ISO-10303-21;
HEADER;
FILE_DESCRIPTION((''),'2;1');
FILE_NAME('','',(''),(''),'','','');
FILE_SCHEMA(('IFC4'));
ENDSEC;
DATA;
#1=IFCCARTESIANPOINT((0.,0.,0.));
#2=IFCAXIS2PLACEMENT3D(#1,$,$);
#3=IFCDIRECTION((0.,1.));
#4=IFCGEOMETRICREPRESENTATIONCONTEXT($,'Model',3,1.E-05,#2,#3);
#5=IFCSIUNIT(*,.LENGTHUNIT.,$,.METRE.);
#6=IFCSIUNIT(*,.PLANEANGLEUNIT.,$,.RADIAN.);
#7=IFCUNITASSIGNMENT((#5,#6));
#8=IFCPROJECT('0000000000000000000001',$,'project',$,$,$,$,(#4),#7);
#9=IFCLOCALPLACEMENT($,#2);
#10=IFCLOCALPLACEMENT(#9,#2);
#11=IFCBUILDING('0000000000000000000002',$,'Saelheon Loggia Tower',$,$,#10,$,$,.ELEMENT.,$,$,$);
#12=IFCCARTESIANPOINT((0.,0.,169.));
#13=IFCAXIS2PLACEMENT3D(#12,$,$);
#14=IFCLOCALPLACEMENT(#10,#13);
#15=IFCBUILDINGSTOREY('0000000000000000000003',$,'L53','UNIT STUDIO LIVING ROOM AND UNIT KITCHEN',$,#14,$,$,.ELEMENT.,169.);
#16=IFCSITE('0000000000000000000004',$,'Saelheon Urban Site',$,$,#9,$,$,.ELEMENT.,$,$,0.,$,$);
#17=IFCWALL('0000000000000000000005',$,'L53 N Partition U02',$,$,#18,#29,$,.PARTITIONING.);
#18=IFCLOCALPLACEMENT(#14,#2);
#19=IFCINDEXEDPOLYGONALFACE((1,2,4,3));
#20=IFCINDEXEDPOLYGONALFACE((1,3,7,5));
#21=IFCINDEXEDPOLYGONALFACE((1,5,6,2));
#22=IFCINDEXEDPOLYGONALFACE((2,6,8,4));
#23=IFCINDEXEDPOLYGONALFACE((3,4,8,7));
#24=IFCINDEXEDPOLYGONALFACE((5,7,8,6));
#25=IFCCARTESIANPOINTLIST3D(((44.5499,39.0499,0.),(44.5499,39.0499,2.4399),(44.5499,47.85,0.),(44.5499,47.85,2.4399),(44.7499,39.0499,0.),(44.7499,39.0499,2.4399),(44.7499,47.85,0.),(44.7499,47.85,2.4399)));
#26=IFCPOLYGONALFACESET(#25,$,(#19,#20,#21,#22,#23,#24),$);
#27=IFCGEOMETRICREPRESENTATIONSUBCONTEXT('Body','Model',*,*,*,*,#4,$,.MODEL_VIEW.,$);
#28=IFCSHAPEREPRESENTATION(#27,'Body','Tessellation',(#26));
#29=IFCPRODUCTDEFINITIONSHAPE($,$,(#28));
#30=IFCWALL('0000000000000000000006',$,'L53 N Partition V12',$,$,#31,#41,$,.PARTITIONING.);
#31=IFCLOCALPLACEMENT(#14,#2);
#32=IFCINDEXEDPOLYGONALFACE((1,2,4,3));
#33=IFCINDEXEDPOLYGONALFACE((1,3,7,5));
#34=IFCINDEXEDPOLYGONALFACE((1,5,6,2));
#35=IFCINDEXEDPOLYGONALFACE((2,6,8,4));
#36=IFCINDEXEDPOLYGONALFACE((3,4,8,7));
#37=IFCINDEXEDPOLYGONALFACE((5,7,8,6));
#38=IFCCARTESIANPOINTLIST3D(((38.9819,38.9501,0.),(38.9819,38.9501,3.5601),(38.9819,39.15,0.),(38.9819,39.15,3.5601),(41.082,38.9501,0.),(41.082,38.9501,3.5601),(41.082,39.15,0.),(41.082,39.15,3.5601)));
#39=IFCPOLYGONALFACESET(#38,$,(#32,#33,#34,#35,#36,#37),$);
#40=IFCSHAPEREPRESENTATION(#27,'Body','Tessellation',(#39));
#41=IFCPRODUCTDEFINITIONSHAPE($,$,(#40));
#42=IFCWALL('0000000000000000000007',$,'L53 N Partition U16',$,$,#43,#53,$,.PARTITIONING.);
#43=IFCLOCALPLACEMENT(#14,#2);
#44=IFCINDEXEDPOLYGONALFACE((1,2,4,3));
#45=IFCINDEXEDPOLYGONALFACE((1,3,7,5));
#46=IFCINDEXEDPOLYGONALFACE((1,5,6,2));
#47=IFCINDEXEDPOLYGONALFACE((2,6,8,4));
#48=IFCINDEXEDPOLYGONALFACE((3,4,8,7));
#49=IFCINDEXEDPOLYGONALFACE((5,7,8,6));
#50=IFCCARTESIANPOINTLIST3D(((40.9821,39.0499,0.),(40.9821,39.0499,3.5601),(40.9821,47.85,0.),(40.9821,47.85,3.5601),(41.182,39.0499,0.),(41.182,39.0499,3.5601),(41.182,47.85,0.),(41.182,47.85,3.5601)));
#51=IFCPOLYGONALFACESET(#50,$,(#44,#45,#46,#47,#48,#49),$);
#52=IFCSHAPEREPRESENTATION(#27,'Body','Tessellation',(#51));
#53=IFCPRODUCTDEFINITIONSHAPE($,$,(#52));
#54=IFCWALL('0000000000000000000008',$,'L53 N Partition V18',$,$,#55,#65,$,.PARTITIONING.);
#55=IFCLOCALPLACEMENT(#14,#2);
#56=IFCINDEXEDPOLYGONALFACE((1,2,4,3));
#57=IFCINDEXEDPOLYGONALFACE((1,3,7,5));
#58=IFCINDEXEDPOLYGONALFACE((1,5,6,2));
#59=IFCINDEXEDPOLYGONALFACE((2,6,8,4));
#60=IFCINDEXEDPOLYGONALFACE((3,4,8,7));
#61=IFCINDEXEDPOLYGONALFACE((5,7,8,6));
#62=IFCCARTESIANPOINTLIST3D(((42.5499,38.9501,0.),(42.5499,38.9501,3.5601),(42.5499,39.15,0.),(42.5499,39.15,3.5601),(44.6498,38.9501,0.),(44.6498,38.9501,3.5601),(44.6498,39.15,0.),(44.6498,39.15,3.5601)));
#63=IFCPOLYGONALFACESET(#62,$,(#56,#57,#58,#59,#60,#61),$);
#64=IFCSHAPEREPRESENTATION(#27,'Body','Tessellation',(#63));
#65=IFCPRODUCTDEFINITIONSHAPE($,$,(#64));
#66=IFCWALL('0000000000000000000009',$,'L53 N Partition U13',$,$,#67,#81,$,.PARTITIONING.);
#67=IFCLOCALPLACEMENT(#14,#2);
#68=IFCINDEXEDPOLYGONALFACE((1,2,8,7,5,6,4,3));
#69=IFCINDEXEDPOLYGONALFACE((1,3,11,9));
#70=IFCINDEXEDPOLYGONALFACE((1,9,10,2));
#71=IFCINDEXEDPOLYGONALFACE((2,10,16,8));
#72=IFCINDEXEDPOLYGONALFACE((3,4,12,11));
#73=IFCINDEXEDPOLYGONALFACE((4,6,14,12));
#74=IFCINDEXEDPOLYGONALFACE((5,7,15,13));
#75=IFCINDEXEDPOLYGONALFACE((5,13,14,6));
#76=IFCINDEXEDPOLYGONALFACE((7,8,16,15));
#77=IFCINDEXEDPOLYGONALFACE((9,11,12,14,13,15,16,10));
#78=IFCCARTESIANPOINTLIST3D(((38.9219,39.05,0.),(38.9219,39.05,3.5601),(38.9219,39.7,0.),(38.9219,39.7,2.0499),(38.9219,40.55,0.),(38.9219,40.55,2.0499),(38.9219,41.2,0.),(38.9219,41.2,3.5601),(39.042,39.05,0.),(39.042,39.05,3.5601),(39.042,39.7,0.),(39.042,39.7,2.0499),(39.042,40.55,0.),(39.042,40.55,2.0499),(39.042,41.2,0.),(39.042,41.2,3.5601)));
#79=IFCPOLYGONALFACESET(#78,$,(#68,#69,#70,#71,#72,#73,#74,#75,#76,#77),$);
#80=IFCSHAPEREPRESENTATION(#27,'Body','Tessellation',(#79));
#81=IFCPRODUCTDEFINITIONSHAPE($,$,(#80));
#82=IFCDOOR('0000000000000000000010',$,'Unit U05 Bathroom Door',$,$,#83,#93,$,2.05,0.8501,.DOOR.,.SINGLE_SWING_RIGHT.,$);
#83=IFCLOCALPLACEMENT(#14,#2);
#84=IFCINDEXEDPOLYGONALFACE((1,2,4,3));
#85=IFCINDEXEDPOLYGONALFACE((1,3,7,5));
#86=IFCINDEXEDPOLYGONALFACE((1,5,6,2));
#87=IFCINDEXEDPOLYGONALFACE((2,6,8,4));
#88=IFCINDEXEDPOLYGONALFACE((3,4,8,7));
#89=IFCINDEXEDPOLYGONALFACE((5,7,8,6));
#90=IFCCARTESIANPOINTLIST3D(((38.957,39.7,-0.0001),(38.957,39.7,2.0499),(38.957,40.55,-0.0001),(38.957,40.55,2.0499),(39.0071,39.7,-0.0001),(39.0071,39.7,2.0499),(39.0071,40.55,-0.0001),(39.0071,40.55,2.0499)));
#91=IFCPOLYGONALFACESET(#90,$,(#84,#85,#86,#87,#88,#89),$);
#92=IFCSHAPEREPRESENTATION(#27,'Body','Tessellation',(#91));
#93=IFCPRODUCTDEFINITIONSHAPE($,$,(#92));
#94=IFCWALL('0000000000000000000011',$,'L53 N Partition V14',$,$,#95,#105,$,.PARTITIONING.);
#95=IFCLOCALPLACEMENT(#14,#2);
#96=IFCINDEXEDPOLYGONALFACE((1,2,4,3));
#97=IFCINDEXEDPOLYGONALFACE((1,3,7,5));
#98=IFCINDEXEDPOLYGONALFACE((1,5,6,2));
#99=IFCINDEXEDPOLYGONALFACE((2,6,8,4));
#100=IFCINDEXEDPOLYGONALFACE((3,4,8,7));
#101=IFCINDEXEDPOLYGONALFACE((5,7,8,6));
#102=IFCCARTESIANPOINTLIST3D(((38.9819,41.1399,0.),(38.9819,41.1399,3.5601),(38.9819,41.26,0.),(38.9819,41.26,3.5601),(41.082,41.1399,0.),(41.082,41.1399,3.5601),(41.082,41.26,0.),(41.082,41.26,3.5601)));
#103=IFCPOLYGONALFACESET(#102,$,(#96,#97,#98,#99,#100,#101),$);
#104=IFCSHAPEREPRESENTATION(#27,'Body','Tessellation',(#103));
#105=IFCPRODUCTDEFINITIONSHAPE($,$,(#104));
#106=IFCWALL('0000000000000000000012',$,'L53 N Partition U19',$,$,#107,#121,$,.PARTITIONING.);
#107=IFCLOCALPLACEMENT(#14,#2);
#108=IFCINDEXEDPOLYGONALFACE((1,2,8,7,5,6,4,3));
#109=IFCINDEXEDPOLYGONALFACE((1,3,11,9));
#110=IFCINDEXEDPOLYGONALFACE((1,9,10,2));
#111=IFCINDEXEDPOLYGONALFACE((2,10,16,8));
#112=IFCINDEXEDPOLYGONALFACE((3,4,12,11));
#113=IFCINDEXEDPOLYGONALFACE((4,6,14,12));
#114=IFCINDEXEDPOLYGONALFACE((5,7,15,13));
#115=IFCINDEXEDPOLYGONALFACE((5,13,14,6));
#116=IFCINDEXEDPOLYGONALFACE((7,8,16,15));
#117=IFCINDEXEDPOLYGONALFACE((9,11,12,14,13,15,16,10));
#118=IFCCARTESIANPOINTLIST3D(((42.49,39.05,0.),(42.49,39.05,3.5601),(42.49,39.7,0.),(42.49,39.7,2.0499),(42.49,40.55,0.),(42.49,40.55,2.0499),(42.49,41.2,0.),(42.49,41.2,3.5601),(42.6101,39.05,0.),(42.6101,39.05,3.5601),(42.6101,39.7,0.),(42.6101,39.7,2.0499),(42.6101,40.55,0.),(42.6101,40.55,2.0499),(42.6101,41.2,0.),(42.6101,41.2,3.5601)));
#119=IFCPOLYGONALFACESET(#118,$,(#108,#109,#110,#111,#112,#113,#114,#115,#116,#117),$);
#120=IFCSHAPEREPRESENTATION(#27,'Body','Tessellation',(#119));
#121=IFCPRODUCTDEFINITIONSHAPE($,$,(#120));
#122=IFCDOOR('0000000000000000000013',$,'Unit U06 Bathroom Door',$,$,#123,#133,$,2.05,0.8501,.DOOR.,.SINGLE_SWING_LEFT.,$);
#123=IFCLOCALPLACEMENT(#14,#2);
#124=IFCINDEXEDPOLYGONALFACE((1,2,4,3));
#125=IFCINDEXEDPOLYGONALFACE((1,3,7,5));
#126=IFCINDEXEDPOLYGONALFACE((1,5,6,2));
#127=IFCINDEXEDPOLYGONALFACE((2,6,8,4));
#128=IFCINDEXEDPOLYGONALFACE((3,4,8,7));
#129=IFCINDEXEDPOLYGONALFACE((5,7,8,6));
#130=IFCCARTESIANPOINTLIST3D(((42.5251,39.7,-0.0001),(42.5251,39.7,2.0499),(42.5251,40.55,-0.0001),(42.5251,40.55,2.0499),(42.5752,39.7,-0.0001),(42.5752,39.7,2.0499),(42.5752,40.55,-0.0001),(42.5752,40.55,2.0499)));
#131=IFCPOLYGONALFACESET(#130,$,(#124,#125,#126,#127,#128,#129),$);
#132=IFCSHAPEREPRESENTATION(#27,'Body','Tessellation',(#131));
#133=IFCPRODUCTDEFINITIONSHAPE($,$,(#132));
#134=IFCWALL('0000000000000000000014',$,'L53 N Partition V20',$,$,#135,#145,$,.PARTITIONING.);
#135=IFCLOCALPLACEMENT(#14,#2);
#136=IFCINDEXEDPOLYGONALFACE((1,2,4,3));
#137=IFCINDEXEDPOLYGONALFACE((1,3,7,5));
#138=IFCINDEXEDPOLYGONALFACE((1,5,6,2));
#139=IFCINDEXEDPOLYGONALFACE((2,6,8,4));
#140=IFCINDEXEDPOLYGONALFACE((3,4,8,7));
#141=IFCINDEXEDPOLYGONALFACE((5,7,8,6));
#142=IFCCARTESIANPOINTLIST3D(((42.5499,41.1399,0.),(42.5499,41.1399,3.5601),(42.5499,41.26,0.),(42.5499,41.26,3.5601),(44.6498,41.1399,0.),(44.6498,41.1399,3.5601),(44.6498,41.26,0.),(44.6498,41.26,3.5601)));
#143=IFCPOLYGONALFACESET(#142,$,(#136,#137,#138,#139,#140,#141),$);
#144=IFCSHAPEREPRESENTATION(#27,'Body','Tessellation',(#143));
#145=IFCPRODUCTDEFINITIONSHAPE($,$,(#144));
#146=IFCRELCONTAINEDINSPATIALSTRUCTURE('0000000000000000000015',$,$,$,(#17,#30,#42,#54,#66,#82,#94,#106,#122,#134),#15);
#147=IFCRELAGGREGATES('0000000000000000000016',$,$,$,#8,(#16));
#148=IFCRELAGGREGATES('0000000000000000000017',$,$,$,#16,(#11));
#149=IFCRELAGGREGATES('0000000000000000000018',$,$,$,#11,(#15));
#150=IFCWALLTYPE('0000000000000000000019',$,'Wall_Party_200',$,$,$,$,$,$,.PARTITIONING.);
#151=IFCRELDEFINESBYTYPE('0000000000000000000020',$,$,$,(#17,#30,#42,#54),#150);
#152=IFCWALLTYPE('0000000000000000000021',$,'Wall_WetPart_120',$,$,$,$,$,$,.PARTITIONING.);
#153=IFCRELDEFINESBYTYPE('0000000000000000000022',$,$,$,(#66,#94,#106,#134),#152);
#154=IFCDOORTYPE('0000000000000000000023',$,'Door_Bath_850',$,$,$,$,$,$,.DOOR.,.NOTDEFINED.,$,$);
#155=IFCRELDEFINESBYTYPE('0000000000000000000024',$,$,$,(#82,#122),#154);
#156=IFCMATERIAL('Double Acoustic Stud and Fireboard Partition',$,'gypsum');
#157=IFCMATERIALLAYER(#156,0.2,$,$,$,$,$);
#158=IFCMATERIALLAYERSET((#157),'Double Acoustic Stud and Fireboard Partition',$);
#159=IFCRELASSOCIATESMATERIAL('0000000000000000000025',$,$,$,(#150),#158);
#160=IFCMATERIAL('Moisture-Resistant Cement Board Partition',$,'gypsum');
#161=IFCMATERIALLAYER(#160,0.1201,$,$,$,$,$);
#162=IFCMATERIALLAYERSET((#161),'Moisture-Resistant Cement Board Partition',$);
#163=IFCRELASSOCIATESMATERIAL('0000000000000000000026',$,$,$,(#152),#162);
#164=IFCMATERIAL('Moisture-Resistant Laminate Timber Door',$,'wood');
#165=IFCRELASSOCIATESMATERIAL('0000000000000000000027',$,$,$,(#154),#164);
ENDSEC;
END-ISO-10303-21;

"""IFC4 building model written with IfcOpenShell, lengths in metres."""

from ifc_helpers import new_model, si_unit, direction, frame, frame_2d, origin, place, context, subcontext, project, spatial, rectangle, extrude, source, transform, mapped, material, layer, layer_set, type_object, element, fill, save


model = new_model("IFC4")

# Units and contexts
model_context = context("Model", 3, precision=1e-05, world=origin(), true_north=direction((0.0, 1.0)))
body_context = subcontext(model_context, "Body", "Model", "MODEL_VIEW")
ifc_project = project(units=[si_unit("LENGTHUNIT", "METRE"), si_unit("PLANEANGLEUNIT", "RADIAN")], contexts=[model_context])

# Site, building, storey
site_placement = place(None, origin())
site = spatial("IfcSite", under=ifc_project, at=site_placement, Name="Saelheon Urban Site", CompositionType="ELEMENT", RefElevation=0.0)
building_placement = place(site_placement, origin())
building = spatial("IfcBuilding", under=site, at=building_placement, Name="Saelheon Loggia Tower", CompositionType="ELEMENT")
storey_placement = place(building_placement, frame((0.0, 0.0, 169.0)))
storey = spatial("IfcBuildingStorey", under=building, at=storey_placement, Name="L53", Description="UNIT STUDIO LIVING ROOM AND UNIT KITCHEN", CompositionType="ELEMENT", Elevation=169.0)

# Walls
ifc_material_1 = material(Name="Double Acoustic Stud and Fireboard Partition", Category="gypsum")
ifc_layer_1 = layer(ifc_material_1, 0.2)
ifc_layer_set_1 = layer_set([ifc_layer_1], Name="Double Acoustic Stud and Fireboard Partition")
wall_type_1 = type_object("IfcWallType", Name="Wall_Party_200", PredefinedType="PARTITIONING", material=ifc_layer_set_1)
wall_1_placement = place(storey_placement, frame((44.6499, 39.05, 0.0), z_axis=(0.0, 0.0, 1.0), x_axis=(0.0, 1.0, 0.0)))
element("IfcWall", 1, at=wall_1_placement, inside=storey, type_object=wall_type_1, Name="L53 N Partition U02", PredefinedType="PARTITIONING", context=body_context, shape_type="SweptSolid", body=[
    extrude(rectangle(XDim=8.8, YDim=0.2, at=frame_2d((4.3999, 0.0))), origin(), (0.0, 0.0, 1.0), 2.4399),
])
wall_2_placement = place(storey_placement, frame((38.9819, 39.05, 0.0), z_axis=(0.0, 0.0, 1.0), x_axis=(1.0, 0.0, 0.0)))
element("IfcWall", 2, at=wall_2_placement, inside=storey, type_object=wall_type_1, Name="L53 N Partition V12", PredefinedType="PARTITIONING", context=body_context, shape_type="SweptSolid", body=[
    extrude(rectangle(XDim=2.1001, YDim=0.2, at=frame_2d((1.05, 0.0))), origin(), (0.0, 0.0, 1.0), 3.5601),
])
wall_3_placement = place(storey_placement, frame((41.082, 39.05, 0.0), z_axis=(0.0, 0.0, 1.0), x_axis=(0.0, 1.0, 0.0)))
element("IfcWall", 3, at=wall_3_placement, inside=storey, type_object=wall_type_1, Name="L53 N Partition U16", PredefinedType="PARTITIONING", context=body_context, shape_type="SweptSolid", body=[
    extrude(rectangle(XDim=8.8, YDim=0.2, at=frame_2d((4.3999, 0.0))), origin(), (0.0, 0.0, 1.0), 3.5601),
])

# Wall
wall_4_placement = place(storey_placement, frame((42.55, 39.05, 0.0), z_axis=(0.0, 0.0, 1.0), x_axis=(1.0, 0.0, 0.0)))
element("IfcWall", 4, at=wall_4_placement, inside=storey, type_object=wall_type_1, Name="L53 N Partition V18", PredefinedType="PARTITIONING", context=body_context, shape_type="SweptSolid", body=[
    extrude(rectangle(XDim=2.0999, YDim=0.2, at=frame_2d((1.0498, 0.0))), origin(), (0.0, 0.0, 1.0), 3.5601),
])

# Wall, opening, door
ifc_material_2 = material(Name="Moisture-Resistant Cement Board Partition", Category="gypsum")
ifc_layer_2 = layer(ifc_material_2, 0.1201)
ifc_layer_set_2 = layer_set([ifc_layer_2], Name="Moisture-Resistant Cement Board Partition")
wall_type_2 = type_object("IfcWallType", Name="Wall_WetPart_120", PredefinedType="PARTITIONING", material=ifc_layer_set_2)
wall_5_placement = place(storey_placement, frame((38.9819, 39.05, 0.0), z_axis=(0.0, 0.0, 1.0), x_axis=(0.0, 1.0, 0.0)))
wall_5 = element("IfcWall", 5, at=wall_5_placement, inside=storey, type_object=wall_type_2, Name="L53 N Partition U13", PredefinedType="PARTITIONING", context=body_context, shape_type="SweptSolid", body=[
    extrude(rectangle(XDim=2.1499, YDim=0.1201, at=frame_2d((1.075, 0.0))), origin(), (0.0, 0.0, 1.0), 3.5601),
])
opening_1_placement = place(wall_5_placement, frame((0.6499, 0.0, 0.0)))
opening_1 = element("IfcOpeningElement", 6, at=opening_1_placement, cuts=wall_5, PredefinedType="OPENING", context=body_context, shape_type="SweptSolid", body=[
    extrude(rectangle(XDim=0.8501, YDim=2.05, at=frame_2d((0.425, 1.0249))), frame((0.0, 0.072, 0.0), z_axis=(0.0, -1.0, 0.0), x_axis=(1.0, 0.0, 0.0)), (0.0, 0.0, 1.0), 0.144),
])
ifc_material_3 = material(Name="Moisture-Resistant Laminate Timber Door", Category="wood")
door_type_1 = type_object("IfcDoorType", Name="Door_Bath_850", OperationType="NOTDEFINED", PredefinedType="DOOR", material=ifc_material_3)
shared_shape_1 = source(origin(), body_context, "Body", "SweptSolid", [
    extrude(rectangle(XDim=0.8501, YDim=2.05, at=frame_2d((0.425, 1.0249))), frame((0.0, 0.0249, 0.0), z_axis=(0.0, -1.0, 0.0), x_axis=(1.0, 0.0, 0.0)), (0.0, 0.0, 1.0), 0.05),
])
door_1_placement = place(opening_1_placement, origin())
door_1 = element("IfcDoor", 7, at=door_1_placement, inside=storey, type_object=door_type_1, Name="Unit U05 Bathroom Door", OperationType="SINGLE_SWING_RIGHT", OverallHeight=2.05, OverallWidth=0.8501, PredefinedType="DOOR", context=body_context, shape_type="MappedRepresentation", body=[
    mapped(shared_shape_1, transform((0.0, 0.0, 0.0), scale=1.0)),
])
fill(opening_1, door_1)

# Wall
wall_6_placement = place(storey_placement, frame((38.9819, 41.2, 0.0), z_axis=(0.0, 0.0, 1.0), x_axis=(1.0, 0.0, 0.0)))
element("IfcWall", 8, at=wall_6_placement, inside=storey, type_object=wall_type_2, Name="L53 N Partition V14", PredefinedType="PARTITIONING", context=body_context, shape_type="SweptSolid", body=[
    extrude(rectangle(XDim=2.1001, YDim=0.1201, at=frame_2d((1.05, 0.0))), origin(), (0.0, 0.0, 1.0), 3.5601),
])

# Wall, opening, door
wall_7_placement = place(storey_placement, frame((42.55, 39.05, 0.0), z_axis=(0.0, 0.0, 1.0), x_axis=(0.0, 1.0, 0.0)))
wall_7 = element("IfcWall", 9, at=wall_7_placement, inside=storey, type_object=wall_type_2, Name="L53 N Partition U19", PredefinedType="PARTITIONING", context=body_context, shape_type="SweptSolid", body=[
    extrude(rectangle(XDim=2.1499, YDim=0.1201, at=frame_2d((1.075, 0.0))), origin(), (0.0, 0.0, 1.0), 3.5601),
])
opening_2_placement = place(wall_7_placement, frame((0.6499, 0.0, 0.0)))
opening_2 = element("IfcOpeningElement", 10, at=opening_2_placement, cuts=wall_7, PredefinedType="OPENING", context=body_context, shape_type="SweptSolid", body=[
    extrude(rectangle(XDim=0.8501, YDim=2.05, at=frame_2d((0.425, 1.0249))), frame((0.0, 0.072, 0.0), z_axis=(0.0, -1.0, 0.0), x_axis=(1.0, 0.0, 0.0)), (0.0, 0.0, 1.0), 0.144),
])
door_2_placement = place(opening_2_placement, origin())
door_2 = element("IfcDoor", 11, at=door_2_placement, inside=storey, type_object=door_type_1, Name="Unit U06 Bathroom Door", OperationType="SINGLE_SWING_LEFT", OverallHeight=2.05, OverallWidth=0.8501, PredefinedType="DOOR", context=body_context, shape_type="MappedRepresentation", body=[
    mapped(shared_shape_1, transform((0.0, 0.0, 0.0), scale=1.0)),
])
fill(opening_2, door_2)

# Wall
wall_8_placement = place(storey_placement, frame((42.55, 41.2, 0.0), z_axis=(0.0, 0.0, 1.0), x_axis=(1.0, 0.0, 0.0)))
element("IfcWall", 12, at=wall_8_placement, inside=storey, type_object=wall_type_2, Name="L53 N Partition V20", PredefinedType="PARTITIONING", context=body_context, shape_type="SweptSolid", body=[
    extrude(rectangle(XDim=2.0999, YDim=0.1201, at=frame_2d((1.0498, 0.0))), origin(), (0.0, 0.0, 1.0), 3.5601),
])

save(model, "model.ifc")
